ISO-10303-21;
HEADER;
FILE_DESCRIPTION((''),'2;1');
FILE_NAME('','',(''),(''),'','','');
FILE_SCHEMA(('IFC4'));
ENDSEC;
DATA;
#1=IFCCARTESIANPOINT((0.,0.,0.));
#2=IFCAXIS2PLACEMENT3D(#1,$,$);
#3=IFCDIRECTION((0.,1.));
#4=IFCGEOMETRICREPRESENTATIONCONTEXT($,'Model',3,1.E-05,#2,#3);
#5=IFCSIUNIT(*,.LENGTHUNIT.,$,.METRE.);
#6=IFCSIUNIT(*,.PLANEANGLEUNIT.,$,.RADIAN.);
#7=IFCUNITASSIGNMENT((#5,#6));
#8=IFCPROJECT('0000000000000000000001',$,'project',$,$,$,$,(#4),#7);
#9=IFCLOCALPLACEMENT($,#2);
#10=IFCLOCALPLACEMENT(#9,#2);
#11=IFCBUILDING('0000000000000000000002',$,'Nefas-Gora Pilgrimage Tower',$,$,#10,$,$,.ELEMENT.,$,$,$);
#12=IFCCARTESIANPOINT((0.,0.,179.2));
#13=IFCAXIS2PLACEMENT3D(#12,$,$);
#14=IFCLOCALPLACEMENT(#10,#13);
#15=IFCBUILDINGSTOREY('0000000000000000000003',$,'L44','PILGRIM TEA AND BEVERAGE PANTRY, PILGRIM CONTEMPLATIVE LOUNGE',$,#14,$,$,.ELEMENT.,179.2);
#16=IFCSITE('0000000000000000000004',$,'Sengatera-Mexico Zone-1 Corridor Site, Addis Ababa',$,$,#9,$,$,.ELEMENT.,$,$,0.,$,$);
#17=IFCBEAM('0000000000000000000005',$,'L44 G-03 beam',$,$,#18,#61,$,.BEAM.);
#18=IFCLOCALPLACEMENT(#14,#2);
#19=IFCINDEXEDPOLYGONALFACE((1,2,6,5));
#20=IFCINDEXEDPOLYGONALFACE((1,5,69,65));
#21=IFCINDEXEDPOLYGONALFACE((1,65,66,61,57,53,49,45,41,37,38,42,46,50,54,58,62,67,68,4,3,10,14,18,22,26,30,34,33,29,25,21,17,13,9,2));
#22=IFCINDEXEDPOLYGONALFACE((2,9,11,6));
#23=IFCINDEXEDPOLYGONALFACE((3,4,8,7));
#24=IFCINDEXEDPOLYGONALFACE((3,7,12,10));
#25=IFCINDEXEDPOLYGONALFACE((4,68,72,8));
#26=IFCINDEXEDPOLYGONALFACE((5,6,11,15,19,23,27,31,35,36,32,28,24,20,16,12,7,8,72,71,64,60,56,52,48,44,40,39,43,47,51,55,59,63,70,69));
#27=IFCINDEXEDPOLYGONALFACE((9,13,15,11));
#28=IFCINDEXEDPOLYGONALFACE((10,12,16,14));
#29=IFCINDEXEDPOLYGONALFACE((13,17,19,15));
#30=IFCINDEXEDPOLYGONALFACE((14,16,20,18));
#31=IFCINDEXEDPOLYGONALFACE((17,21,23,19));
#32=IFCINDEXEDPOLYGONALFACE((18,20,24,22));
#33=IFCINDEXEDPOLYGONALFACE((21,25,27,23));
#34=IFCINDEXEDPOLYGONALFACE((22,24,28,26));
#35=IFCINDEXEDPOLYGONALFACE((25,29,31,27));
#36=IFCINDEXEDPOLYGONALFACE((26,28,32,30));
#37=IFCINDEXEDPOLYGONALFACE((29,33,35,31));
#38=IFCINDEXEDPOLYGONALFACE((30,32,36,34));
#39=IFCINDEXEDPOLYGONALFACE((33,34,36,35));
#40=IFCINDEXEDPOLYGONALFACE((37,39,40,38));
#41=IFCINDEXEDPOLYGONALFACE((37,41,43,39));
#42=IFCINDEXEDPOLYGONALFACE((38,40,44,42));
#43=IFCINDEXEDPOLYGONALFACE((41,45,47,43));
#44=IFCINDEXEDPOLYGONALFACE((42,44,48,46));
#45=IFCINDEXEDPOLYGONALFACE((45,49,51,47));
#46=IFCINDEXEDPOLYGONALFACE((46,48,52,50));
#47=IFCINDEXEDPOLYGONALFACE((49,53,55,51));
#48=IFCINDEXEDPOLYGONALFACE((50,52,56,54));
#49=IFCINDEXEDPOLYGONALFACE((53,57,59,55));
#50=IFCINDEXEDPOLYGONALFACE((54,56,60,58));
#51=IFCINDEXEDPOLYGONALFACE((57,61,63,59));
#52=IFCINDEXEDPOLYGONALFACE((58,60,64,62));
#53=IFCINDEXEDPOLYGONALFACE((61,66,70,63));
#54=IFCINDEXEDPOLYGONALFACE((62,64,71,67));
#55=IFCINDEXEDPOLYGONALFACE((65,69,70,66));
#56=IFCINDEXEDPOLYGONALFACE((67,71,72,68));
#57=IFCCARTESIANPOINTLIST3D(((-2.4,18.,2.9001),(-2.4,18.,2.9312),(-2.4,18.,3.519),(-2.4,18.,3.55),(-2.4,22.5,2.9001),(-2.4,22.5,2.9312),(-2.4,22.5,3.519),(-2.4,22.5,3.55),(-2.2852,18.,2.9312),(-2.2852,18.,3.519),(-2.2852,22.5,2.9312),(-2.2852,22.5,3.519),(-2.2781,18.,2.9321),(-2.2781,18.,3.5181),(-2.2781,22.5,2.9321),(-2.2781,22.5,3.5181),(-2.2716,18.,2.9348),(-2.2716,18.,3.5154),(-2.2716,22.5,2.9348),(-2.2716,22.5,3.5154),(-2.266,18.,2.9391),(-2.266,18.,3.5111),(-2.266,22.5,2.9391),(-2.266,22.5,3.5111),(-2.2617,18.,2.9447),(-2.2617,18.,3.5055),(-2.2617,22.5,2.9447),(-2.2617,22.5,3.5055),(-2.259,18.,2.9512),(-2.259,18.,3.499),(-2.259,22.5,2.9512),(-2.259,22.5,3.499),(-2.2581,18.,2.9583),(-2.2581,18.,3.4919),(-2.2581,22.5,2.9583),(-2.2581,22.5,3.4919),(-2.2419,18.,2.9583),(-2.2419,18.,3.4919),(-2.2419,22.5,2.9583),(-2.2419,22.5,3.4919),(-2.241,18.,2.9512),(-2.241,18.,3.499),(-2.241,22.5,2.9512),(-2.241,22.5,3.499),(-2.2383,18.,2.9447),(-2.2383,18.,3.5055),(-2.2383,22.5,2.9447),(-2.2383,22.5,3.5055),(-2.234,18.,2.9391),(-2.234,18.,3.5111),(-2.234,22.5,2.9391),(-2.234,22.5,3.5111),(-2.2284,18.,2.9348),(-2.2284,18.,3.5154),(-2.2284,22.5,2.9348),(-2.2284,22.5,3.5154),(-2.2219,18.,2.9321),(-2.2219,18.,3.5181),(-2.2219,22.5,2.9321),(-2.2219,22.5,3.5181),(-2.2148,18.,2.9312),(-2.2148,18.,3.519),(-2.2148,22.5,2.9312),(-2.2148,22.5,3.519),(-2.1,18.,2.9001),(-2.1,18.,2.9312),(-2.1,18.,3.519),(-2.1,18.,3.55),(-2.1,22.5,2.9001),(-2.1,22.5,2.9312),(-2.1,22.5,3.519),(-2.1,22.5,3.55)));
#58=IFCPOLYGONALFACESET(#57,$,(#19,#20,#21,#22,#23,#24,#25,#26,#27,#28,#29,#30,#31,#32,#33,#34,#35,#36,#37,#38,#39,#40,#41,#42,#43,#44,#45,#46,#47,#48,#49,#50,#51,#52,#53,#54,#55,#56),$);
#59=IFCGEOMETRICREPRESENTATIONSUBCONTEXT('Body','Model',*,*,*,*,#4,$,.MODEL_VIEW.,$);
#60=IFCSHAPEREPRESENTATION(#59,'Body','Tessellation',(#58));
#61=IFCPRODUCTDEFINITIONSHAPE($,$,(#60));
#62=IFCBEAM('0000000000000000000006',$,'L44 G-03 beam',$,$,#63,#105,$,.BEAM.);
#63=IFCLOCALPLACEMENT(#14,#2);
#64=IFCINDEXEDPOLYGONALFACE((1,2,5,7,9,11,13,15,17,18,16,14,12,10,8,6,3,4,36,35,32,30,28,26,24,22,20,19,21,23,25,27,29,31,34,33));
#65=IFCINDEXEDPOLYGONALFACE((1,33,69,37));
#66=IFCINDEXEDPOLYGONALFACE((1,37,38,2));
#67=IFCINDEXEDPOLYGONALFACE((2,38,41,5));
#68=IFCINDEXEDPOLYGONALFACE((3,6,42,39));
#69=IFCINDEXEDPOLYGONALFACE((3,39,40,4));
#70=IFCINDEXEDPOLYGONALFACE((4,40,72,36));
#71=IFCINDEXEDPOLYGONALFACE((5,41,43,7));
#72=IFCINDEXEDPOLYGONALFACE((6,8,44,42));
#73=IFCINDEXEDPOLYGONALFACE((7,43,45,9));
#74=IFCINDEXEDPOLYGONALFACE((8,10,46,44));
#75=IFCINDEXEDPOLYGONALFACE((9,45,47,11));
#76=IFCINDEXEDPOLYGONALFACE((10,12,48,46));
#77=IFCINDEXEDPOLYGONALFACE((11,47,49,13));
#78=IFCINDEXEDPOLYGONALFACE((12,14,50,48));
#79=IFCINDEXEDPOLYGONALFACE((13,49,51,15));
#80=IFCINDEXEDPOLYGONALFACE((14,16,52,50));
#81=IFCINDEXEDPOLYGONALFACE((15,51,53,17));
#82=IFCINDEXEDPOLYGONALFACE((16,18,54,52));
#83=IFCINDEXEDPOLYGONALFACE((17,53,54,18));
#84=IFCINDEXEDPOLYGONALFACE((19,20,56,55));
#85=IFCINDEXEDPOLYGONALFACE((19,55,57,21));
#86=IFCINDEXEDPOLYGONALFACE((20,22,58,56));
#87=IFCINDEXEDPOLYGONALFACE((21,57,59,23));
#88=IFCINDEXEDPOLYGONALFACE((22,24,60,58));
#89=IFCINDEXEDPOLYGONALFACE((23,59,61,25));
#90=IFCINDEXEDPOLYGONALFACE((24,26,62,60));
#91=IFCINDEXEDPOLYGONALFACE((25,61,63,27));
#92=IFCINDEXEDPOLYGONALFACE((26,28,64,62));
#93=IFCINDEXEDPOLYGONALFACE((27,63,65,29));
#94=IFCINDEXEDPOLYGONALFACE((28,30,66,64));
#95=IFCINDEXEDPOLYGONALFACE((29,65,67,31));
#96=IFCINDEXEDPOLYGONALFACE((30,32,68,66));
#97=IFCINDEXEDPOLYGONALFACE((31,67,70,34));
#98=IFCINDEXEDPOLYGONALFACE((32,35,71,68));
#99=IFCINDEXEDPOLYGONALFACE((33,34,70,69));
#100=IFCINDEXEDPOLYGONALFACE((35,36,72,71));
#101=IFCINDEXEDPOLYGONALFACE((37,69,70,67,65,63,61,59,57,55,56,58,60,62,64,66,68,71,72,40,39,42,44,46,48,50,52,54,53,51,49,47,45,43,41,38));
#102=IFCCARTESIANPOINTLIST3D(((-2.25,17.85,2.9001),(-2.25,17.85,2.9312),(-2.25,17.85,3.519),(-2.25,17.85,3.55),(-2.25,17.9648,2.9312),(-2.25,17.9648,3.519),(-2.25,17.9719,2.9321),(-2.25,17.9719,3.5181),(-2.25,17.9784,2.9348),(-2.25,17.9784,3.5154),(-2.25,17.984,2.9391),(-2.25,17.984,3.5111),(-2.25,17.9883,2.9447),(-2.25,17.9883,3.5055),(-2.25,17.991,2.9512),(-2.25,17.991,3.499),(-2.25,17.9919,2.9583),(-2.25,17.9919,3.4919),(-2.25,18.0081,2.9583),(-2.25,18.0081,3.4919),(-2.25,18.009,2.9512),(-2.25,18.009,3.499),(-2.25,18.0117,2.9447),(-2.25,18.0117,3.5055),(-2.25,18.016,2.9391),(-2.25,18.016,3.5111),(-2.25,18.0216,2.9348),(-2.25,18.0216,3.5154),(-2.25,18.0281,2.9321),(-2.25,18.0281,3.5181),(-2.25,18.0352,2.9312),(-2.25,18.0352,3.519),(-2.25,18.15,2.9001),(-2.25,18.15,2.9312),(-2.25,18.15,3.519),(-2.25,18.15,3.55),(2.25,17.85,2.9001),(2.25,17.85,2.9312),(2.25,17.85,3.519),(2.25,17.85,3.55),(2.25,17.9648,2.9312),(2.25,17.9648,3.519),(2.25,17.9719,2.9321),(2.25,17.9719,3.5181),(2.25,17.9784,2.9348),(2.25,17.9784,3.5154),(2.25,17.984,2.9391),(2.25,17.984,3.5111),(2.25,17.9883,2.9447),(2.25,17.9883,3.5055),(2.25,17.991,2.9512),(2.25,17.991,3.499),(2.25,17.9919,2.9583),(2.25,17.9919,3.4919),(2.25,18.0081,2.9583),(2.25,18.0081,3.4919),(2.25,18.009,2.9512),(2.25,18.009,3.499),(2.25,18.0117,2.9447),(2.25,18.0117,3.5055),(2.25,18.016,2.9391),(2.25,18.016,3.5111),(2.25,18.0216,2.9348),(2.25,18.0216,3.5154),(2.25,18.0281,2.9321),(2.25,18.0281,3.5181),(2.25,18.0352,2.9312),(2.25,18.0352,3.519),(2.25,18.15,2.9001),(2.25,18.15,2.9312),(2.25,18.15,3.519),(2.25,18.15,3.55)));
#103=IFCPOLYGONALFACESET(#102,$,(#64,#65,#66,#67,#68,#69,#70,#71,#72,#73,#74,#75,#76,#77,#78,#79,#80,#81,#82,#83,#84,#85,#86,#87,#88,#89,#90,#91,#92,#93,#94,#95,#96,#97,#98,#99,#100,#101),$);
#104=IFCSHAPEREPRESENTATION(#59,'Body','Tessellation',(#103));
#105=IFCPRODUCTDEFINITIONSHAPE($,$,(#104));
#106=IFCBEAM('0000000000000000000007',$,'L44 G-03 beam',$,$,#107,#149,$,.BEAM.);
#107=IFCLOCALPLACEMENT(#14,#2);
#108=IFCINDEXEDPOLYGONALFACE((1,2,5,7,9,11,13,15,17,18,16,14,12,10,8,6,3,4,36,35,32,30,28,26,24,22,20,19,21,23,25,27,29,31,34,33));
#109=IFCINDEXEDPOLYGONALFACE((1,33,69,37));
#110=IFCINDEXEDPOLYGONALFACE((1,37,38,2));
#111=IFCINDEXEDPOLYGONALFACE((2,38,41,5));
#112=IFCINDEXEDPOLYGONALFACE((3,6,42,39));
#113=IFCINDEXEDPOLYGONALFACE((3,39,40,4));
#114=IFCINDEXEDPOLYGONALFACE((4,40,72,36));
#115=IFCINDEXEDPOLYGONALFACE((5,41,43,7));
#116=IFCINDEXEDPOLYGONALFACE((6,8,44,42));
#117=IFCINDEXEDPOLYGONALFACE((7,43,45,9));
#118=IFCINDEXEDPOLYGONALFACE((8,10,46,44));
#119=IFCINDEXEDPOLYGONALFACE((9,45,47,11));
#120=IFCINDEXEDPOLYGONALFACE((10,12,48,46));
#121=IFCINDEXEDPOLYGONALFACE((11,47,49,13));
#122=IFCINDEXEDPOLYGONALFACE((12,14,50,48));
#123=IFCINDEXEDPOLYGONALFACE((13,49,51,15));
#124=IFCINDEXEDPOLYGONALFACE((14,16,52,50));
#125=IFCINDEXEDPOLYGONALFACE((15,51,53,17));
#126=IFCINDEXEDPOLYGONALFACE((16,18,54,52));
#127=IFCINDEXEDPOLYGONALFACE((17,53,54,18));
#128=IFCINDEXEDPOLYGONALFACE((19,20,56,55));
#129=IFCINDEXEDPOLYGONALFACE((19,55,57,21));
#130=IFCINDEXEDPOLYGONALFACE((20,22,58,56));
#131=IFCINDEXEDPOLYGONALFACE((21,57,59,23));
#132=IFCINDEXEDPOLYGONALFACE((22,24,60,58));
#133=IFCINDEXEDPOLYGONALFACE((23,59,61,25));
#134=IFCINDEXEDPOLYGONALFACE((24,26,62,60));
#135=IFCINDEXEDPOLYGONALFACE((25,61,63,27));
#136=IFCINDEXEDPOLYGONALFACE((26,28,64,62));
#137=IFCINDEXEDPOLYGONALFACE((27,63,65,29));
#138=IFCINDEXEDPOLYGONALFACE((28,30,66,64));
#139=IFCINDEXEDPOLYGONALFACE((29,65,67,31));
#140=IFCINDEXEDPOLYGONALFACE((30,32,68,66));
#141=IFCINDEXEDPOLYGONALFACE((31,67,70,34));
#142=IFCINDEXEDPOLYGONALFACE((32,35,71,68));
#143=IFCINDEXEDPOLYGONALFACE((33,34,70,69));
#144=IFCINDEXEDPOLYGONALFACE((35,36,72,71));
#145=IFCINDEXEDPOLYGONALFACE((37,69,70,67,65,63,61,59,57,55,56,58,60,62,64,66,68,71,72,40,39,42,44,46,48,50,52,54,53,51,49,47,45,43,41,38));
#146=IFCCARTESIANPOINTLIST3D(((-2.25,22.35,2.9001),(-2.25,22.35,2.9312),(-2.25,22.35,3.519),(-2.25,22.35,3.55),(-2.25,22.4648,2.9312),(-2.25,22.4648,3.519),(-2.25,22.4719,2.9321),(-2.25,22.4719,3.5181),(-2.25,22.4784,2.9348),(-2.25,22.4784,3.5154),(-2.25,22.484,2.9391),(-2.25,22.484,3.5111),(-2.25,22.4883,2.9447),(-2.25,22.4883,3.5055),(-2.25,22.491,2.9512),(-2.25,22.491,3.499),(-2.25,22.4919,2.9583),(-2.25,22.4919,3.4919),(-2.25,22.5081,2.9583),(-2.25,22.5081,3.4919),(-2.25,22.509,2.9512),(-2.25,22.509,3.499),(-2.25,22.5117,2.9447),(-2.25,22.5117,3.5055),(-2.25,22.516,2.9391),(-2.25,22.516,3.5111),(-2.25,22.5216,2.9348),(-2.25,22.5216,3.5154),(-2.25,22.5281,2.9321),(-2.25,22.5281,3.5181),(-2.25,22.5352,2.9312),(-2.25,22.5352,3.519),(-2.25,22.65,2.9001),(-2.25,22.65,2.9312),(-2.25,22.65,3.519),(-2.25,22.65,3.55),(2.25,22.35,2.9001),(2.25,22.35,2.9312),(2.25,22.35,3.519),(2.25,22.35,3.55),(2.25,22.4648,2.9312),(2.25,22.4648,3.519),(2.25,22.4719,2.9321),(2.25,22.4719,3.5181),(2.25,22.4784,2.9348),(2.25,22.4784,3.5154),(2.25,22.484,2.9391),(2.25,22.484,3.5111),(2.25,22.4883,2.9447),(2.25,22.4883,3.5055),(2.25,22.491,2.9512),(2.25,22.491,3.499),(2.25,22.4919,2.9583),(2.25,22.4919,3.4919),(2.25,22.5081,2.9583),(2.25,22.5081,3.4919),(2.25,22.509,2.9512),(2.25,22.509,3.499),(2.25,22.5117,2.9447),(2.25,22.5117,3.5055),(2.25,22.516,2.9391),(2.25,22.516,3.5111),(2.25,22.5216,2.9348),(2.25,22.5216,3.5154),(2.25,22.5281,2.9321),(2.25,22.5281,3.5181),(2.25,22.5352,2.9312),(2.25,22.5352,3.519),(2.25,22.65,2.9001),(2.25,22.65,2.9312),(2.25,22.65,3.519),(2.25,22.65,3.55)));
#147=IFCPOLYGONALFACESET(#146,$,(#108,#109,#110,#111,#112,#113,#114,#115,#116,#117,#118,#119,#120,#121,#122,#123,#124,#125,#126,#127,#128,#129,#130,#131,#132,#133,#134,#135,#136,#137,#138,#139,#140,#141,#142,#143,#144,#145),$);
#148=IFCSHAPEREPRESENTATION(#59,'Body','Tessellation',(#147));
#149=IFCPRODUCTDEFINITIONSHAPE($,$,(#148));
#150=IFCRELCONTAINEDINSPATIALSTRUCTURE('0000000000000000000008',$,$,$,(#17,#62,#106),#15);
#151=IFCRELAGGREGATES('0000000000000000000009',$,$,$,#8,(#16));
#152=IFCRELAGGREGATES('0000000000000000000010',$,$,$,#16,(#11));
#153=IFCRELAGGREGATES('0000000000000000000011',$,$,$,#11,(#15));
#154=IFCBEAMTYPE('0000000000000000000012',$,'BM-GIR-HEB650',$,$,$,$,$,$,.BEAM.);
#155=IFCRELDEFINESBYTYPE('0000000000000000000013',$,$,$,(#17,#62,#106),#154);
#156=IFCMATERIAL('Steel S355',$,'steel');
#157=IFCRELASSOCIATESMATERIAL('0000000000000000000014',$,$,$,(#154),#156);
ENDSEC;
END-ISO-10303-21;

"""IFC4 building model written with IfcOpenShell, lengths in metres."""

from ifc_helpers import new_model, si_unit, direction, frame, origin, origin_2d, place, context, subcontext, project, spatial, i_section, extrude, source, transform, mapped, material, material_profile, profile_set, type_object, element, save


model = new_model("IFC4")

# Units and contexts
model_context = context("Model", 3, precision=1e-05, world=origin(), true_north=direction((0.0, 1.0)))
body_context = subcontext(model_context, "Body", "Model", "MODEL_VIEW")
ifc_project = project(units=[si_unit("LENGTHUNIT", "METRE"), si_unit("PLANEANGLEUNIT", "RADIAN")], contexts=[model_context])

# Site, building, storey
site_placement = place(None, origin())
site = spatial("IfcSite", under=ifc_project, at=site_placement, Name="Sengatera-Mexico Zone-1 Corridor Site, Addis Ababa", CompositionType="ELEMENT", RefElevation=0.0)
building_placement = place(site_placement, origin())
building = spatial("IfcBuilding", under=site, at=building_placement, Name="Nefas-Gora Pilgrimage Tower", CompositionType="ELEMENT")
storey_placement = place(building_placement, frame((0.0, 0.0, 179.2)))
storey = spatial("IfcBuildingStorey", under=building, at=storey_placement, Name="L44", Description="PILGRIM TEA AND BEVERAGE PANTRY, PILGRIM CONTEMPLATIVE LOUNGE", CompositionType="ELEMENT", Elevation=179.2)

# Beams
ifc_material_1 = material(Name="Steel S355", Category="steel")
ifc_material_profile_1 = material_profile(ifc_material_1, i_section(OverallWidth=0.3, OverallDepth=0.6499, WebThickness=0.0161, FlangeThickness=0.031, FilletRadius=0.0271, at=origin_2d()), Name="HEB 650")
ifc_profile_set_1 = profile_set([ifc_material_profile_1], Name="Steel S355")
beam_type_1 = type_object("IfcBeamType", Name="BM-GIR-HEB650", PredefinedType="BEAM", material=ifc_profile_set_1)
shared_shape_1 = source(origin(), body_context, "Body", "SweptSolid", [
    extrude(i_section(OverallWidth=0.3, OverallDepth=0.6499, WebThickness=0.0161, FlangeThickness=0.031, FilletRadius=0.0271, at=origin_2d()), origin(), (0.0, 0.0, 1.0), 4.5),
])
for number, where, z_axis, x_axis, name in (
    (1, (-2.25, 18.0, 3.2251), (0.0, 1.0, 0.0), (-1.0, 0.0, 0.0), "L44 G-03 beam"),
    (2, (-2.25, 18.0, 3.2251), (1.0, 0.0, 0.0), (0.0, 1.0, 0.0), "L44 G-03 beam"),
    (3, (-2.25, 22.5, 3.2251), (1.0, 0.0, 0.0), (0.0, 1.0, 0.0), "L44 G-03 beam"),
):
    element("IfcBeam", number, at=place(storey_placement, frame(where, z_axis=z_axis, x_axis=x_axis)), inside=storey, type_object=beam_type_1, Name=name, PredefinedType="BEAM", context=body_context, shape_type="MappedRepresentation", body=[
        mapped(shared_shape_1, transform((0.0, 0.0, 0.0), x_axis=(1.0, 0.0, 0.0), y_axis=(0.0, 1.0, 0.0), z_axis=(0.0, 0.0, 1.0), scale=1.0)),
    ])

save(model, "model.ifc")
